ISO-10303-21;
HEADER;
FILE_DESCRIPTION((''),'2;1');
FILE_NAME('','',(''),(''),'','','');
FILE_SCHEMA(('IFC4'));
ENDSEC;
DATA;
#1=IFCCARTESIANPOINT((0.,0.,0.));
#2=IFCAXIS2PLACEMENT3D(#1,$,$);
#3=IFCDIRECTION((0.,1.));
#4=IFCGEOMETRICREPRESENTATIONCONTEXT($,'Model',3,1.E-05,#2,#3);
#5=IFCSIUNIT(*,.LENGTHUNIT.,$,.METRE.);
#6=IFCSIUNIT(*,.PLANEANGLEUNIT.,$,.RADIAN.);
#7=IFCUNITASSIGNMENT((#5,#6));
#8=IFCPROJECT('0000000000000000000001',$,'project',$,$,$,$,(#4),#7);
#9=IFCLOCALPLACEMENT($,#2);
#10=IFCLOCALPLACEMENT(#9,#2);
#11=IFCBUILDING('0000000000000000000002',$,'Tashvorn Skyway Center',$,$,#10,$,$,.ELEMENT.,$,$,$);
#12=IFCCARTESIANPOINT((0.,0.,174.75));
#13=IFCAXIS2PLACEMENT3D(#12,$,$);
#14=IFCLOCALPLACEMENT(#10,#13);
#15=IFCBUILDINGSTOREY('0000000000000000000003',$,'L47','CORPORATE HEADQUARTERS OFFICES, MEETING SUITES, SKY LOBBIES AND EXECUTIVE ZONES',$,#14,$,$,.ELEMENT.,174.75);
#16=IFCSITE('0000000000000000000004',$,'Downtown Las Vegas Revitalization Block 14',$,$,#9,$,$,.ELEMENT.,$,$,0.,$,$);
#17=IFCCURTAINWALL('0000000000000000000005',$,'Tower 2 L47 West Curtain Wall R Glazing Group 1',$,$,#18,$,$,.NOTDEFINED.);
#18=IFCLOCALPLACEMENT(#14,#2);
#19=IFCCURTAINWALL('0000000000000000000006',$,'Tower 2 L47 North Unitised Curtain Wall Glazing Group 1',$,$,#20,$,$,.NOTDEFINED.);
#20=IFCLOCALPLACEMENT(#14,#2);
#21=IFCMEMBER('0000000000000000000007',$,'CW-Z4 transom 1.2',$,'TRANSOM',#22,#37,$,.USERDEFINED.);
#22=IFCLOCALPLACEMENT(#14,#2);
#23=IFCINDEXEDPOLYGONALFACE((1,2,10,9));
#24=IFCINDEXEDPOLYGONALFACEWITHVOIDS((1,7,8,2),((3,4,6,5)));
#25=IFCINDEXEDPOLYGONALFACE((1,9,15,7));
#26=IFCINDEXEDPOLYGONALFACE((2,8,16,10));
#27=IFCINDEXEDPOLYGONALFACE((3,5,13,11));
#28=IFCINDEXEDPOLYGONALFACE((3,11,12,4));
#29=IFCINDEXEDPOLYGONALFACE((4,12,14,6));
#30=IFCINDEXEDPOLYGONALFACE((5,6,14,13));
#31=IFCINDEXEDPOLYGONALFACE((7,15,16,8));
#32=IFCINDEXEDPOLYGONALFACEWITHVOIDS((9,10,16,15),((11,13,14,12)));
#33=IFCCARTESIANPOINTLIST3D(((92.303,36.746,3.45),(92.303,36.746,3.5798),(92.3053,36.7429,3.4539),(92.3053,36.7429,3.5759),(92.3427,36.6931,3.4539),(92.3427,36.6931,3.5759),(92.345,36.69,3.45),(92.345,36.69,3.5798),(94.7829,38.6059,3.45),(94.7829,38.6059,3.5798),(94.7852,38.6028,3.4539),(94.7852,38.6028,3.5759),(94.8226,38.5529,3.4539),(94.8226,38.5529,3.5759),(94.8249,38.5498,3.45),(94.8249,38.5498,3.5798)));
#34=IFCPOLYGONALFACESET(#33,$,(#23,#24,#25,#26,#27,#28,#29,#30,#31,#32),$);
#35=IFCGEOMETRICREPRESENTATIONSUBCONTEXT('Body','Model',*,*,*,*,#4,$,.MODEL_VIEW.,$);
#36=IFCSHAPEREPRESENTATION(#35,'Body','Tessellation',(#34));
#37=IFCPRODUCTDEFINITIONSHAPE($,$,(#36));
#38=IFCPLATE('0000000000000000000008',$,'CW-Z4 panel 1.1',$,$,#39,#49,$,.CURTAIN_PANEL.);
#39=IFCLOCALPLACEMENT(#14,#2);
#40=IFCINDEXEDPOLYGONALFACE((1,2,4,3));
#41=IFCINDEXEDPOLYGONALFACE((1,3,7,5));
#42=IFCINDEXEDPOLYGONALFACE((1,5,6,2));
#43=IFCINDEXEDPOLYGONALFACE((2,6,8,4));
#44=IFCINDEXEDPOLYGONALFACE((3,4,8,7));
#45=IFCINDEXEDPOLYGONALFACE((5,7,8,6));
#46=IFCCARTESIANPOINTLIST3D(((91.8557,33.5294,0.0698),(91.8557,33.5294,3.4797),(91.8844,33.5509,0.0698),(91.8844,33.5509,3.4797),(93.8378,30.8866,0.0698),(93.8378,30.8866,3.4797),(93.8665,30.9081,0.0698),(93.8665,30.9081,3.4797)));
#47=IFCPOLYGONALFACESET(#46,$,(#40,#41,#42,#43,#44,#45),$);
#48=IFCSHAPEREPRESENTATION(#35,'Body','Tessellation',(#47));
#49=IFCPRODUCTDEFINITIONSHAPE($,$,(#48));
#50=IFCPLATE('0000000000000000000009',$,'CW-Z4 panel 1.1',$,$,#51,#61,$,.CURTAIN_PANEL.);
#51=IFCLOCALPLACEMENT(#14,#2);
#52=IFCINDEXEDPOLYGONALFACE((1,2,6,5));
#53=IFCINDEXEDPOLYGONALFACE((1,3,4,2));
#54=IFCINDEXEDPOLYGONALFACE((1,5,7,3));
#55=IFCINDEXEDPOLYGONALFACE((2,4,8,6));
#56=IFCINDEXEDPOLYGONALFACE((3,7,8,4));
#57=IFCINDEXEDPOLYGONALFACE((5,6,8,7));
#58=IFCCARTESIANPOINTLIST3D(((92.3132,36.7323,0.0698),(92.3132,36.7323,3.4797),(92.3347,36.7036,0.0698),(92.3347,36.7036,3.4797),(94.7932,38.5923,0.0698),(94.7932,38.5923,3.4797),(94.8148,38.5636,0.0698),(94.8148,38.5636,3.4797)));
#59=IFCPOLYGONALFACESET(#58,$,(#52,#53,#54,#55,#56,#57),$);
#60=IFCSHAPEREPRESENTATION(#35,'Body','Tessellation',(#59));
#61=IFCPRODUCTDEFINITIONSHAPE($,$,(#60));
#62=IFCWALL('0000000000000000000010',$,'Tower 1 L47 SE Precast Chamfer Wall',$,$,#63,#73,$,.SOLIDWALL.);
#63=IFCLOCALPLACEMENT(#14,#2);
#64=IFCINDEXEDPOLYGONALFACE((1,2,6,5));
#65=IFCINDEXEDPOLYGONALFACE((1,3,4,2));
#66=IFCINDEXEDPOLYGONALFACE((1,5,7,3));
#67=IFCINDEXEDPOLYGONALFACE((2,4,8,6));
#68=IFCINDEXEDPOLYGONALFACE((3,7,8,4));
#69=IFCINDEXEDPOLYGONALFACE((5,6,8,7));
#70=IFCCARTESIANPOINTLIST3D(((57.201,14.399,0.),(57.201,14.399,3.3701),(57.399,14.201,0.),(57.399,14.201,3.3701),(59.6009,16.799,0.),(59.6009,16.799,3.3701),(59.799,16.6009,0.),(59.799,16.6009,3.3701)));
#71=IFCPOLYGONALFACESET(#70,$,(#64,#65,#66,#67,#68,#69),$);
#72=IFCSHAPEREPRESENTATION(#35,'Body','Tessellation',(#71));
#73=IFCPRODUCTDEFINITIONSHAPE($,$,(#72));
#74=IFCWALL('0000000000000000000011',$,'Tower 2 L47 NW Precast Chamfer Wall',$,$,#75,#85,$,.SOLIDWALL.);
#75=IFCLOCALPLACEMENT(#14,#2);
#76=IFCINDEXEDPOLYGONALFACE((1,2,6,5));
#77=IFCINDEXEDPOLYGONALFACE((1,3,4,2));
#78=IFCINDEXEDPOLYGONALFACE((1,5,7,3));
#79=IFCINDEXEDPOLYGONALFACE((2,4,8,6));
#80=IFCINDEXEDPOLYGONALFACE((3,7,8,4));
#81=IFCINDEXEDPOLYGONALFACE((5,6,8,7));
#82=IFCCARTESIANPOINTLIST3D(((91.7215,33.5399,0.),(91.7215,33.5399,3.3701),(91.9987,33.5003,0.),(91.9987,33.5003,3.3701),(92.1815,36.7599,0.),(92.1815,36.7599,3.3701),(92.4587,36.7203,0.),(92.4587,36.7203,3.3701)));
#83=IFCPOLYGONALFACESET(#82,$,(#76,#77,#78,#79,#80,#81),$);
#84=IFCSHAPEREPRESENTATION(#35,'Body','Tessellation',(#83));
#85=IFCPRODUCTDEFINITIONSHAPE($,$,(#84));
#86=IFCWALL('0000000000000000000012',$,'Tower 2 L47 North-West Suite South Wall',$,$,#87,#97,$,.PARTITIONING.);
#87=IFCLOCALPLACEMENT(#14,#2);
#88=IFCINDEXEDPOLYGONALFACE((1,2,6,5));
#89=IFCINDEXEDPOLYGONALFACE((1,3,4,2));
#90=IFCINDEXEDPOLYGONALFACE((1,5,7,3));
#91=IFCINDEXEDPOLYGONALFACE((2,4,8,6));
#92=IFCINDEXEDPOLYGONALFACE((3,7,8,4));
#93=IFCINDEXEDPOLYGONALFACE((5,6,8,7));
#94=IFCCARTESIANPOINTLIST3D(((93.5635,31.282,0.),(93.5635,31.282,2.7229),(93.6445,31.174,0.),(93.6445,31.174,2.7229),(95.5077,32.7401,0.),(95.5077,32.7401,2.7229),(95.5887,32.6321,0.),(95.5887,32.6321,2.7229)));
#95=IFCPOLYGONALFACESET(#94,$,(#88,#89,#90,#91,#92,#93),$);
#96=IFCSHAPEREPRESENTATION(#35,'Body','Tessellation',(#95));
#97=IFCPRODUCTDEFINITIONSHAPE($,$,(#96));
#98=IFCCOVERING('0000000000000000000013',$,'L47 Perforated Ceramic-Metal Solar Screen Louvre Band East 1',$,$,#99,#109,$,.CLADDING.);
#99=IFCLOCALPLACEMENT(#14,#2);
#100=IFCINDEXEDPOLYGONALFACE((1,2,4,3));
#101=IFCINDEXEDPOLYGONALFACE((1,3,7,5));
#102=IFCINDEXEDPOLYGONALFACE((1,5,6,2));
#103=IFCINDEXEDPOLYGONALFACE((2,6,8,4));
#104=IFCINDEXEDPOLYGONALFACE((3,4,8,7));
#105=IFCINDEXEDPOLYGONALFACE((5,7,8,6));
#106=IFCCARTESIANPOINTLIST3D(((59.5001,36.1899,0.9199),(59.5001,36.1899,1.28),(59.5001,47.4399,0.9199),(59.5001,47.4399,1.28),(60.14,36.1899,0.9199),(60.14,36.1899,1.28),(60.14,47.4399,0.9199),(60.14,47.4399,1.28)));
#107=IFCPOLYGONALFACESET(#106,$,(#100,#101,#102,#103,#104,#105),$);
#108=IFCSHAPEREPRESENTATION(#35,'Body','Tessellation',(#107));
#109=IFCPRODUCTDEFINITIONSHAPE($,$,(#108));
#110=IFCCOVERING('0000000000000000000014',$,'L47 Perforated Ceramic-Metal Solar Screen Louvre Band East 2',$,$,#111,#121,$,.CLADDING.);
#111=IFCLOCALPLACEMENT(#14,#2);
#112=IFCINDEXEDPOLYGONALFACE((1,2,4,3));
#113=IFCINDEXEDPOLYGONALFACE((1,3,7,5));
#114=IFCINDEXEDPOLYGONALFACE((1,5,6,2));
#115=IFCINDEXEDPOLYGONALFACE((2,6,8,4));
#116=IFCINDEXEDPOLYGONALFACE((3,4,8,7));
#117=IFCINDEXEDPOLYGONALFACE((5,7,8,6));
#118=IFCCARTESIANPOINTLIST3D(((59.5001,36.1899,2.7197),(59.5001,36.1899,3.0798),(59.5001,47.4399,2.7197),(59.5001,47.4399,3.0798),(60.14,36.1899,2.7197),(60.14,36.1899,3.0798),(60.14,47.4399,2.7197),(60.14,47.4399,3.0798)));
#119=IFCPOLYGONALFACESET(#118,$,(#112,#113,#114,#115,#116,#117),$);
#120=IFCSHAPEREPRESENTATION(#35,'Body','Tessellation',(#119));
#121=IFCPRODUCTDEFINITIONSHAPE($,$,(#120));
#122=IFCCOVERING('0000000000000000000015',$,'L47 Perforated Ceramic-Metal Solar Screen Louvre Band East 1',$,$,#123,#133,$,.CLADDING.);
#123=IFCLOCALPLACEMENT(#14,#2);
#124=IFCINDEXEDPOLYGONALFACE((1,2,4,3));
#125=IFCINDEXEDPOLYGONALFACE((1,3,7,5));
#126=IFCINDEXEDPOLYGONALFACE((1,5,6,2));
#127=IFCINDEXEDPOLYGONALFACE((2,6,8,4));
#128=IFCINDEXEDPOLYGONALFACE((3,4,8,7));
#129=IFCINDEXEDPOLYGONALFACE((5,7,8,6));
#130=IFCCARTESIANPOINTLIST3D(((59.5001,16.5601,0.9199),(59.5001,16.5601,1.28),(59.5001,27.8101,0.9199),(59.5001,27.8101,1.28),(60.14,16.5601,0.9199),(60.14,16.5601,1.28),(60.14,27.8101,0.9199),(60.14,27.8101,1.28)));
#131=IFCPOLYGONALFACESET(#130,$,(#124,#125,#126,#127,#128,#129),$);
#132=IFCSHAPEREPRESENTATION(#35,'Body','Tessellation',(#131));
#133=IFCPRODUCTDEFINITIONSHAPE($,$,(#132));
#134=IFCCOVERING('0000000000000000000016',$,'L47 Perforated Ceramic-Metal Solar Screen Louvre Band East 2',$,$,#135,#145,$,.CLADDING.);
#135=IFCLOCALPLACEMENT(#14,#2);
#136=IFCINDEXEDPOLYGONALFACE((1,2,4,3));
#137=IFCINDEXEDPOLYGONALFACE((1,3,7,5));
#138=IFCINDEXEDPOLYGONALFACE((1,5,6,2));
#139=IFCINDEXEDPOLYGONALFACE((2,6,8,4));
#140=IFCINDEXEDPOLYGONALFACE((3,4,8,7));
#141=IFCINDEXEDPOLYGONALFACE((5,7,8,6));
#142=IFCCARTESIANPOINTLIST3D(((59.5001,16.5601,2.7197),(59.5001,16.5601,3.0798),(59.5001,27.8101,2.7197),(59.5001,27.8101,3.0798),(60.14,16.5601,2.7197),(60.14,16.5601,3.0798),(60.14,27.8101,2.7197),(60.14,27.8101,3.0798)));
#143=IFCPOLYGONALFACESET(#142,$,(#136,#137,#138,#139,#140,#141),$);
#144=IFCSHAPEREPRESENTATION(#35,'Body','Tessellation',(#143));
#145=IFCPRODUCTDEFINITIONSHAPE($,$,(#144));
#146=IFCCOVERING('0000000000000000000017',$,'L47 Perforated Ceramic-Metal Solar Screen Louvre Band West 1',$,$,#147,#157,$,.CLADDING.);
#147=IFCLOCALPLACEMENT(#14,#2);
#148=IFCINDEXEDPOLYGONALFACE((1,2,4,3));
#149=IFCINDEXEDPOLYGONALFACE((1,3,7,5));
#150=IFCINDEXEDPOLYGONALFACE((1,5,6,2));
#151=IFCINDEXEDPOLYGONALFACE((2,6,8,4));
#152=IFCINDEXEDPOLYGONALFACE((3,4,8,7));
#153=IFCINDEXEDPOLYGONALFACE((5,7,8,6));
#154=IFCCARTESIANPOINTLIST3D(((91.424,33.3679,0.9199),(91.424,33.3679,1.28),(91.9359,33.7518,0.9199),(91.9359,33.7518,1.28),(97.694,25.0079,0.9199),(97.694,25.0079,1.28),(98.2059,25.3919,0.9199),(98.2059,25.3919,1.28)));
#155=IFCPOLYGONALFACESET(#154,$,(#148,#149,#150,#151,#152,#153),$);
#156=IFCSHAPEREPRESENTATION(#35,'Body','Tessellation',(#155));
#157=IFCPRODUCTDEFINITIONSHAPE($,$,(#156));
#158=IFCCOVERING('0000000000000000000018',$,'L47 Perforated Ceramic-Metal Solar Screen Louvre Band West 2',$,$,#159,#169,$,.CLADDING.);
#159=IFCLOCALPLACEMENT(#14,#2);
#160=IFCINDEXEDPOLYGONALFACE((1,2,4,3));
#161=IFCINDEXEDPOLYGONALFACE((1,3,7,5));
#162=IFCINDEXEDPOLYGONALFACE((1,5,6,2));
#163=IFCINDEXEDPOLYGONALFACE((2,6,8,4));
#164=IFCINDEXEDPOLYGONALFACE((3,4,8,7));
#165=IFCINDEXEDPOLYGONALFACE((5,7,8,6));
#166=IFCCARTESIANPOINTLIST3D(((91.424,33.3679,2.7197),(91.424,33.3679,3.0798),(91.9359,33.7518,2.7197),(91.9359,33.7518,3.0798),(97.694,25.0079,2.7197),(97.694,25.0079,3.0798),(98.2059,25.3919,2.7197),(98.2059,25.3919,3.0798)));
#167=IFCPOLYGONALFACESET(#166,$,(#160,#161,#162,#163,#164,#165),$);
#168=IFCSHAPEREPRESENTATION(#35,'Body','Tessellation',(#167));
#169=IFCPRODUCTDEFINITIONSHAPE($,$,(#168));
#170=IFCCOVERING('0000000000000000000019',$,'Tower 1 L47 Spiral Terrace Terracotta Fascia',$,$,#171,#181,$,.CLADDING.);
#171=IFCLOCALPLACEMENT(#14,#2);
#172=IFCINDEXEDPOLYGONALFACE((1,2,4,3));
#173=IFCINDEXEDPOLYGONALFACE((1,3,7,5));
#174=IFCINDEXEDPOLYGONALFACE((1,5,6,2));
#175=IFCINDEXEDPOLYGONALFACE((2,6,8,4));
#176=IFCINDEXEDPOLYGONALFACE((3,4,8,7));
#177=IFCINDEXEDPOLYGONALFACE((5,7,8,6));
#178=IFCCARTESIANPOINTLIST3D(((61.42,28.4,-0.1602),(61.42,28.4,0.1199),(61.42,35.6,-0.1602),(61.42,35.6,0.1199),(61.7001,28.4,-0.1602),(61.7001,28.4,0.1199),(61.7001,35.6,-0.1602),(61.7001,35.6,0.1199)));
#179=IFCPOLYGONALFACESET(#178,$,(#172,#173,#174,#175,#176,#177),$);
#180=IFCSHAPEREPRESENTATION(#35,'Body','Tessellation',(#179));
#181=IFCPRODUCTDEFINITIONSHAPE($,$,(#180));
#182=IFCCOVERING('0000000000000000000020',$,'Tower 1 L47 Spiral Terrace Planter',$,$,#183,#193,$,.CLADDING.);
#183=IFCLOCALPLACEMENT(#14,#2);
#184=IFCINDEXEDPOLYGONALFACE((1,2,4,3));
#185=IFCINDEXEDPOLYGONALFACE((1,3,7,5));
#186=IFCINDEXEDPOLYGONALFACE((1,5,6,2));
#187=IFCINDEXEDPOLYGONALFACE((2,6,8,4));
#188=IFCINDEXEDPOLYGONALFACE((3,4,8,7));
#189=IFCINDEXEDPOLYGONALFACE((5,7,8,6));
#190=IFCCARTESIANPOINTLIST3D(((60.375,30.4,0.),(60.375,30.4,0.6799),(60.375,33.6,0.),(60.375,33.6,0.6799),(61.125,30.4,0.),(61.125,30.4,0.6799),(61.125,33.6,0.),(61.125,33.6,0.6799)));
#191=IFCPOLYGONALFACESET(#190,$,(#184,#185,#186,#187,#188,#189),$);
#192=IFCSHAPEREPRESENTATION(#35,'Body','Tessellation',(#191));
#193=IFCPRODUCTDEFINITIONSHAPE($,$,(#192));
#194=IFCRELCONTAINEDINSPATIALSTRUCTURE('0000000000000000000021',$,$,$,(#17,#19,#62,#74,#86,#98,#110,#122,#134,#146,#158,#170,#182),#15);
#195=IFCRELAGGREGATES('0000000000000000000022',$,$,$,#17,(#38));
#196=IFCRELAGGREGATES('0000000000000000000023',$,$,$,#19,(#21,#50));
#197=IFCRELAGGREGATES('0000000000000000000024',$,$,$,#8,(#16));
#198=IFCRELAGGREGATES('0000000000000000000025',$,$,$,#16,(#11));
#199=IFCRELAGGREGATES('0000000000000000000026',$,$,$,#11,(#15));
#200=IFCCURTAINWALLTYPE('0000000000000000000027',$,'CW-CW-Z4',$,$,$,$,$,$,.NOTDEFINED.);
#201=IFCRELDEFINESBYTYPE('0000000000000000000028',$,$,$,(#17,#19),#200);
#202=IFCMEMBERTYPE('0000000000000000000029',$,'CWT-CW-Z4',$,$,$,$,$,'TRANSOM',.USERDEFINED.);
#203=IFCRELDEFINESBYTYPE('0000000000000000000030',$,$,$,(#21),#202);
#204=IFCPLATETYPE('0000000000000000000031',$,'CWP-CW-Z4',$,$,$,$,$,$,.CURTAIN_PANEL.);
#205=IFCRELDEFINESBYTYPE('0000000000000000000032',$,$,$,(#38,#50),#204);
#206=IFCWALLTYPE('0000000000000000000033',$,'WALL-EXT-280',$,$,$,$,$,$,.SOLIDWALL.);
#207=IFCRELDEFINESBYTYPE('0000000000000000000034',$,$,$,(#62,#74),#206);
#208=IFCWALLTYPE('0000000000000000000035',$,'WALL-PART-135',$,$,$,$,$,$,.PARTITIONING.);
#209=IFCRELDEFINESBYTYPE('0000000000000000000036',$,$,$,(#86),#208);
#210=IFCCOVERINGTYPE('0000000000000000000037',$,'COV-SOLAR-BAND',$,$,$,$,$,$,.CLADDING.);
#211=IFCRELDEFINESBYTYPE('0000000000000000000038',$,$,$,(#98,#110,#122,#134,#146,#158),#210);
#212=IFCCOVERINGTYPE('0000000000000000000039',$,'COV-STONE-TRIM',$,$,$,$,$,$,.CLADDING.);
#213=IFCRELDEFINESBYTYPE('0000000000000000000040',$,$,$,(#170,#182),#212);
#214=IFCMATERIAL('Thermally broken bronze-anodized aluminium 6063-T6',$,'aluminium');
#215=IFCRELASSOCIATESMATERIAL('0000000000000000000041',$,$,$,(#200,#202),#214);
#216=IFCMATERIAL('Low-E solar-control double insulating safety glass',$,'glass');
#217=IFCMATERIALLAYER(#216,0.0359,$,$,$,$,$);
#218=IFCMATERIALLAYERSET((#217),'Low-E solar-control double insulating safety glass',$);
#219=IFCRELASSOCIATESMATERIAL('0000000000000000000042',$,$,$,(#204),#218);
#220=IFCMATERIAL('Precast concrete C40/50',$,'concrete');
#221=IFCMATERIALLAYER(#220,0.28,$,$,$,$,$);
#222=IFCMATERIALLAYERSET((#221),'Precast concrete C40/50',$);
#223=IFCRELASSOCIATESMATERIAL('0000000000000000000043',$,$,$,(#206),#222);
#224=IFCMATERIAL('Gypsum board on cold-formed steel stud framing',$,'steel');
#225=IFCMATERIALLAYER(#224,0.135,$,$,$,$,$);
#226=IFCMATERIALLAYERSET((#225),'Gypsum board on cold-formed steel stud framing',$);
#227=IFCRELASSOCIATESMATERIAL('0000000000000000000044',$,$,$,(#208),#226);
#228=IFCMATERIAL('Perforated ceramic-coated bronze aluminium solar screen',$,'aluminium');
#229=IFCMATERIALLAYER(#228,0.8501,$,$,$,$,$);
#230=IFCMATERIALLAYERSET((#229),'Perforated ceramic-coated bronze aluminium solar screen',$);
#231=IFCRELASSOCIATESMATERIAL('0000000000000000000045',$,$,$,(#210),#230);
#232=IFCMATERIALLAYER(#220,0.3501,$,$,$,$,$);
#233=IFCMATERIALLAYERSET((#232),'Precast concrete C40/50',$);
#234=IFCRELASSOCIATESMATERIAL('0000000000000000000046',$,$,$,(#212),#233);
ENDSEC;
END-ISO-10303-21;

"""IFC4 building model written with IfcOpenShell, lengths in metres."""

from ifc_helpers import new_model, si_unit, direction, frame, frame_2d, origin, origin_2d, place, context, subcontext, project, spatial, rectangle, hollow_rectangle, extrude, material, layer, layer_set, material_profile, profile_set, type_object, element, aggregate, save


model = new_model("IFC4")

# Units and contexts
model_context = context("Model", 3, precision=1e-05, world=origin(), true_north=direction((0.0, 1.0)))
body_context = subcontext(model_context, "Body", "Model", "MODEL_VIEW")
ifc_project = project(units=[si_unit("LENGTHUNIT", "METRE"), si_unit("PLANEANGLEUNIT", "RADIAN")], contexts=[model_context])

# Site, building, storey
site_placement = place(None, origin())
site = spatial("IfcSite", under=ifc_project, at=site_placement, Name="Downtown Las Vegas Revitalization Block 14", CompositionType="ELEMENT", RefElevation=0.0)
building_placement = place(site_placement, origin())
building = spatial("IfcBuilding", under=site, at=building_placement, Name="Tashvorn Skyway Center", CompositionType="ELEMENT")
storey_placement = place(building_placement, frame((0.0, 0.0, 174.75)))
storey = spatial("IfcBuildingStorey", under=building, at=storey_placement, Name="L47", Description="CORPORATE HEADQUARTERS OFFICES, MEETING SUITES, SKY LOBBIES AND EXECUTIVE ZONES", CompositionType="ELEMENT", Elevation=174.75)

# Curtain wall
ifc_material_1 = material(Name="Thermally broken bronze-anodized aluminium 6063-T6", Category="aluminium")
curtain_wall_type = type_object("IfcCurtainWallType", Name="CW-CW-Z4", PredefinedType="NOTDEFINED", material=ifc_material_1)
curtain_wall_1_placement = place(storey_placement, origin())
curtain_wall_1 = element("IfcCurtainWall", 1, at=curtain_wall_1_placement, inside=storey, type_object=curtain_wall_type, Name="Tower 2 L47 West Curtain Wall R Glazing Group 1", PredefinedType="NOTDEFINED")

# Curtain wall
curtain_wall_2_placement = place(storey_placement, origin())
curtain_wall_2 = element("IfcCurtainWall", 2, at=curtain_wall_2_placement, inside=storey, type_object=curtain_wall_type, Name="Tower 2 L47 North Unitised Curtain Wall Glazing Group 1", PredefinedType="NOTDEFINED")

# Member
ifc_material_profile_1 = material_profile(ifc_material_1, hollow_rectangle(XDim=0.0701, YDim=0.1299, WallThickness=0.0039, at=origin_2d()), Name="ALU-TRAN-70x130")
ifc_profile_set_1 = profile_set([ifc_material_profile_1], Name="Thermally broken bronze-anodized aluminium 6063-T6")
member_type_1 = type_object("IfcMemberType", Name="CWT-CW-Z4", ElementType="TRANSOM", PredefinedType="USERDEFINED", material=ifc_profile_set_1)
member_1_placement = place(storey_placement, frame((92.324, 36.718, 3.5149), z_axis=(0.800019, 0.599975, 0.0), x_axis=(-0.599975, 0.800019, 0.0)))
member_1 = element("IfcMember", 3, at=member_1_placement, type_object=member_type_1, Name="CW-Z4 transom 1.2", ObjectType="TRANSOM", PredefinedType="USERDEFINED", context=body_context, shape_type="SweptSolid", body=[
    extrude(hollow_rectangle(XDim=0.0701, YDim=0.1299, WallThickness=0.0039, at=origin_2d()), origin(), (0.0, 0.0, 1.0), 3.0999),
])

# Plates
ifc_material_2 = material(Name="Low-E solar-control double insulating safety glass", Category="glass")
ifc_layer_1 = layer(ifc_material_2, 0.0359)
ifc_layer_set_1 = layer_set([ifc_layer_1], Name="Low-E solar-control double insulating safety glass")
plate_type = type_object("IfcPlateType", Name="CWP-CW-Z4", PredefinedType="CURTAIN_PANEL", material=ifc_layer_set_1)
plate_1_placement = place(storey_placement, frame((92.8611, 32.2188, 0.0698), z_axis=(0.0, 0.0, 1.0), x_axis=(-0.599995, 0.800003, 0.0)))
plate_1 = element("IfcPlate", 4, at=plate_1_placement, type_object=plate_type, Name="CW-Z4 panel 1.1", PredefinedType="CURTAIN_PANEL", context=body_context, shape_type="SweptSolid", body=[
    extrude(rectangle(XDim=3.3035, YDim=0.0359, at=origin_2d()), origin(), (0.0, 0.0, 1.0), 3.4099),
])
aggregate(curtain_wall_1, [plate_1])
plate_2_placement = place(storey_placement, frame((93.564, 37.6479, 0.0698), z_axis=(0.0, 0.0, 1.0), x_axis=(0.8, 0.6, 0.0)))
plate_2 = element("IfcPlate", 5, at=plate_2_placement, type_object=plate_type, Name="CW-Z4 panel 1.1", PredefinedType="CURTAIN_PANEL", context=body_context, shape_type="SweptSolid", body=[
    extrude(rectangle(XDim=3.1001, YDim=0.0359, at=origin_2d()), origin(), (0.0, 0.0, 1.0), 3.4099),
])
aggregate(curtain_wall_2, [member_1, plate_2])

# Shared definitions
ifc_material_3 = material(Name="Precast concrete C40/50", Category="concrete")
ifc_layer_2 = layer(ifc_material_3, 0.28)
ifc_layer_set_2 = layer_set([ifc_layer_2], Name="Precast concrete C40/50")
wall_type_1 = type_object("IfcWallType", Name="WALL-EXT-280", PredefinedType="SOLIDWALL", material=ifc_layer_set_2)

# Walls
wall_1_placement = place(storey_placement, frame((59.7, 16.7, 0.0), z_axis=(0.0, 0.0, 1.0), x_axis=(-0.707107, -0.707107, 0.0)))
element("IfcWall", 6, at=wall_1_placement, inside=storey, type_object=wall_type_1, Name="Tower 1 L47 SE Precast Chamfer Wall", PredefinedType="SOLIDWALL", context=body_context, shape_type="SweptSolid", body=[
    extrude(rectangle(XDim=3.394, YDim=0.28, at=frame_2d((1.697, 0.0))), origin(), (0.0, 0.0, 1.0), 3.3701),
])
wall_2_placement = place(storey_placement, frame((91.8601, 33.52, 0.0), z_axis=(0.0, 0.0, 1.0), x_axis=(0.141411, 0.989951, 0.0)))
element("IfcWall", 7, at=wall_2_placement, inside=storey, type_object=wall_type_1, Name="Tower 2 L47 NW Precast Chamfer Wall", PredefinedType="SOLIDWALL", context=body_context, shape_type="SweptSolid", body=[
    extrude(rectangle(XDim=3.2527, YDim=0.28, at=frame_2d((1.6265, 0.0))), origin(), (0.0, 0.0, 1.0), 3.3701),
])
ifc_material_4 = material(Name="Gypsum board on cold-formed steel stud framing", Category="steel")
ifc_layer_3 = layer(ifc_material_4, 0.135)
ifc_layer_set_3 = layer_set([ifc_layer_3], Name="Gypsum board on cold-formed steel stud framing")
wall_type_2 = type_object("IfcWallType", Name="WALL-PART-135", PredefinedType="PARTITIONING", material=ifc_layer_set_3)
wall_3_placement = place(storey_placement, frame((93.604, 31.228, 0.0), z_axis=(0.0, 0.0, 1.0), x_axis=(0.800012, 0.599984, 0.0)))
element("IfcWall", 8, at=wall_3_placement, inside=storey, type_object=wall_type_2, Name="Tower 2 L47 North-West Suite South Wall", PredefinedType="PARTITIONING", context=body_context, shape_type="SweptSolid", body=[
    extrude(rectangle(XDim=2.4302, YDim=0.135, at=frame_2d((1.2151, 0.0))), origin(), (0.0, 0.0, 1.0), 2.7229),
])

# Coverings
ifc_material_5 = material(Name="Perforated ceramic-coated bronze aluminium solar screen", Category="aluminium")
ifc_layer_4 = layer(ifc_material_5, 0.8501)
ifc_layer_set_4 = layer_set([ifc_layer_4], Name="Perforated ceramic-coated bronze aluminium solar screen")
covering_type_1 = type_object("IfcCoveringType", Name="COV-SOLAR-BAND", PredefinedType="CLADDING", material=ifc_layer_set_4)
for number, where, z_axis, x_axis, name in (
    (9, (59.8201, 41.8149, 0.9199), (0.0, 0.0, 1.0), (0.0, -1.0, 0.0), "L47 Perforated Ceramic-Metal Solar Screen Louvre Band East 1"),
    (10, (59.8201, 41.8149, 2.7197), (0.0, 0.0, 1.0), (0.0, -1.0, 0.0), "L47 Perforated Ceramic-Metal Solar Screen Louvre Band East 2"),
    (11, (59.8201, 22.1851, 0.9199), (0.0, 0.0, 1.0), (0.0, -1.0, 0.0), "L47 Perforated Ceramic-Metal Solar Screen Louvre Band East 1"),
    (12, (59.8201, 22.1851, 2.7197), (0.0, 0.0, 1.0), (0.0, -1.0, 0.0), "L47 Perforated Ceramic-Metal Solar Screen Louvre Band East 2"),
):
    element("IfcCovering", number, at=place(storey_placement, frame(where, z_axis=z_axis, x_axis=x_axis)), inside=storey, type_object=covering_type_1, Name=name, PredefinedType="CLADDING", context=body_context, shape_type="SweptSolid", body=[
        extrude(rectangle(XDim=11.25, YDim=0.6399, at=origin_2d()), origin(), (0.0, 0.0, 1.0), 0.3601),
    ])
for number, where, z_axis, x_axis, name in (
    (13, (94.8149, 29.3799, 0.9199), (0.0, 0.0, 1.0), (-0.6, 0.8, 0.0), "L47 Perforated Ceramic-Metal Solar Screen Louvre Band West 1"),
    (14, (94.8149, 29.3799, 2.7197), (0.0, 0.0, 1.0), (-0.6, 0.8, 0.0), "L47 Perforated Ceramic-Metal Solar Screen Louvre Band West 2"),
):
    element("IfcCovering", number, at=place(storey_placement, frame(where, z_axis=z_axis, x_axis=x_axis)), inside=storey, type_object=covering_type_1, Name=name, PredefinedType="CLADDING", context=body_context, shape_type="SweptSolid", body=[
        extrude(rectangle(XDim=10.45, YDim=0.6399, at=origin_2d()), origin(), (0.0, 0.0, 1.0), 0.3601),
    ])
ifc_layer_5 = layer(ifc_material_3, 0.3501)
ifc_layer_set_5 = layer_set([ifc_layer_5], Name="Precast concrete C40/50")
covering_type_2 = type_object("IfcCoveringType", Name="COV-STONE-TRIM", PredefinedType="CLADDING", material=ifc_layer_set_5)
covering_1_placement = place(storey_placement, frame((61.5601, 32.0, -0.1602), z_axis=(0.0, 0.0, 1.0), x_axis=(0.0, -1.0, 0.0)))
element("IfcCovering", 15, at=covering_1_placement, inside=storey, type_object=covering_type_2, Name="Tower 1 L47 Spiral Terrace Terracotta Fascia", PredefinedType="CLADDING", context=body_context, shape_type="SweptSolid", body=[
    extrude(rectangle(XDim=7.2, YDim=0.28, at=origin_2d()), origin(), (0.0, 0.0, 1.0), 0.28),
])
covering_2_placement = place(storey_placement, frame((60.75, 32.0, 0.0), z_axis=(0.0, 0.0, 1.0), x_axis=(0.0, -1.0, 0.0)))
element("IfcCovering", 16, at=covering_2_placement, inside=storey, type_object=covering_type_2, Name="Tower 1 L47 Spiral Terrace Planter", PredefinedType="CLADDING", context=body_context, shape_type="SweptSolid", body=[
    extrude(rectangle(XDim=3.2, YDim=0.75, at=origin_2d()), origin(), (0.0, 0.0, 1.0), 0.6799),
])

save(model, "model.ifc")
